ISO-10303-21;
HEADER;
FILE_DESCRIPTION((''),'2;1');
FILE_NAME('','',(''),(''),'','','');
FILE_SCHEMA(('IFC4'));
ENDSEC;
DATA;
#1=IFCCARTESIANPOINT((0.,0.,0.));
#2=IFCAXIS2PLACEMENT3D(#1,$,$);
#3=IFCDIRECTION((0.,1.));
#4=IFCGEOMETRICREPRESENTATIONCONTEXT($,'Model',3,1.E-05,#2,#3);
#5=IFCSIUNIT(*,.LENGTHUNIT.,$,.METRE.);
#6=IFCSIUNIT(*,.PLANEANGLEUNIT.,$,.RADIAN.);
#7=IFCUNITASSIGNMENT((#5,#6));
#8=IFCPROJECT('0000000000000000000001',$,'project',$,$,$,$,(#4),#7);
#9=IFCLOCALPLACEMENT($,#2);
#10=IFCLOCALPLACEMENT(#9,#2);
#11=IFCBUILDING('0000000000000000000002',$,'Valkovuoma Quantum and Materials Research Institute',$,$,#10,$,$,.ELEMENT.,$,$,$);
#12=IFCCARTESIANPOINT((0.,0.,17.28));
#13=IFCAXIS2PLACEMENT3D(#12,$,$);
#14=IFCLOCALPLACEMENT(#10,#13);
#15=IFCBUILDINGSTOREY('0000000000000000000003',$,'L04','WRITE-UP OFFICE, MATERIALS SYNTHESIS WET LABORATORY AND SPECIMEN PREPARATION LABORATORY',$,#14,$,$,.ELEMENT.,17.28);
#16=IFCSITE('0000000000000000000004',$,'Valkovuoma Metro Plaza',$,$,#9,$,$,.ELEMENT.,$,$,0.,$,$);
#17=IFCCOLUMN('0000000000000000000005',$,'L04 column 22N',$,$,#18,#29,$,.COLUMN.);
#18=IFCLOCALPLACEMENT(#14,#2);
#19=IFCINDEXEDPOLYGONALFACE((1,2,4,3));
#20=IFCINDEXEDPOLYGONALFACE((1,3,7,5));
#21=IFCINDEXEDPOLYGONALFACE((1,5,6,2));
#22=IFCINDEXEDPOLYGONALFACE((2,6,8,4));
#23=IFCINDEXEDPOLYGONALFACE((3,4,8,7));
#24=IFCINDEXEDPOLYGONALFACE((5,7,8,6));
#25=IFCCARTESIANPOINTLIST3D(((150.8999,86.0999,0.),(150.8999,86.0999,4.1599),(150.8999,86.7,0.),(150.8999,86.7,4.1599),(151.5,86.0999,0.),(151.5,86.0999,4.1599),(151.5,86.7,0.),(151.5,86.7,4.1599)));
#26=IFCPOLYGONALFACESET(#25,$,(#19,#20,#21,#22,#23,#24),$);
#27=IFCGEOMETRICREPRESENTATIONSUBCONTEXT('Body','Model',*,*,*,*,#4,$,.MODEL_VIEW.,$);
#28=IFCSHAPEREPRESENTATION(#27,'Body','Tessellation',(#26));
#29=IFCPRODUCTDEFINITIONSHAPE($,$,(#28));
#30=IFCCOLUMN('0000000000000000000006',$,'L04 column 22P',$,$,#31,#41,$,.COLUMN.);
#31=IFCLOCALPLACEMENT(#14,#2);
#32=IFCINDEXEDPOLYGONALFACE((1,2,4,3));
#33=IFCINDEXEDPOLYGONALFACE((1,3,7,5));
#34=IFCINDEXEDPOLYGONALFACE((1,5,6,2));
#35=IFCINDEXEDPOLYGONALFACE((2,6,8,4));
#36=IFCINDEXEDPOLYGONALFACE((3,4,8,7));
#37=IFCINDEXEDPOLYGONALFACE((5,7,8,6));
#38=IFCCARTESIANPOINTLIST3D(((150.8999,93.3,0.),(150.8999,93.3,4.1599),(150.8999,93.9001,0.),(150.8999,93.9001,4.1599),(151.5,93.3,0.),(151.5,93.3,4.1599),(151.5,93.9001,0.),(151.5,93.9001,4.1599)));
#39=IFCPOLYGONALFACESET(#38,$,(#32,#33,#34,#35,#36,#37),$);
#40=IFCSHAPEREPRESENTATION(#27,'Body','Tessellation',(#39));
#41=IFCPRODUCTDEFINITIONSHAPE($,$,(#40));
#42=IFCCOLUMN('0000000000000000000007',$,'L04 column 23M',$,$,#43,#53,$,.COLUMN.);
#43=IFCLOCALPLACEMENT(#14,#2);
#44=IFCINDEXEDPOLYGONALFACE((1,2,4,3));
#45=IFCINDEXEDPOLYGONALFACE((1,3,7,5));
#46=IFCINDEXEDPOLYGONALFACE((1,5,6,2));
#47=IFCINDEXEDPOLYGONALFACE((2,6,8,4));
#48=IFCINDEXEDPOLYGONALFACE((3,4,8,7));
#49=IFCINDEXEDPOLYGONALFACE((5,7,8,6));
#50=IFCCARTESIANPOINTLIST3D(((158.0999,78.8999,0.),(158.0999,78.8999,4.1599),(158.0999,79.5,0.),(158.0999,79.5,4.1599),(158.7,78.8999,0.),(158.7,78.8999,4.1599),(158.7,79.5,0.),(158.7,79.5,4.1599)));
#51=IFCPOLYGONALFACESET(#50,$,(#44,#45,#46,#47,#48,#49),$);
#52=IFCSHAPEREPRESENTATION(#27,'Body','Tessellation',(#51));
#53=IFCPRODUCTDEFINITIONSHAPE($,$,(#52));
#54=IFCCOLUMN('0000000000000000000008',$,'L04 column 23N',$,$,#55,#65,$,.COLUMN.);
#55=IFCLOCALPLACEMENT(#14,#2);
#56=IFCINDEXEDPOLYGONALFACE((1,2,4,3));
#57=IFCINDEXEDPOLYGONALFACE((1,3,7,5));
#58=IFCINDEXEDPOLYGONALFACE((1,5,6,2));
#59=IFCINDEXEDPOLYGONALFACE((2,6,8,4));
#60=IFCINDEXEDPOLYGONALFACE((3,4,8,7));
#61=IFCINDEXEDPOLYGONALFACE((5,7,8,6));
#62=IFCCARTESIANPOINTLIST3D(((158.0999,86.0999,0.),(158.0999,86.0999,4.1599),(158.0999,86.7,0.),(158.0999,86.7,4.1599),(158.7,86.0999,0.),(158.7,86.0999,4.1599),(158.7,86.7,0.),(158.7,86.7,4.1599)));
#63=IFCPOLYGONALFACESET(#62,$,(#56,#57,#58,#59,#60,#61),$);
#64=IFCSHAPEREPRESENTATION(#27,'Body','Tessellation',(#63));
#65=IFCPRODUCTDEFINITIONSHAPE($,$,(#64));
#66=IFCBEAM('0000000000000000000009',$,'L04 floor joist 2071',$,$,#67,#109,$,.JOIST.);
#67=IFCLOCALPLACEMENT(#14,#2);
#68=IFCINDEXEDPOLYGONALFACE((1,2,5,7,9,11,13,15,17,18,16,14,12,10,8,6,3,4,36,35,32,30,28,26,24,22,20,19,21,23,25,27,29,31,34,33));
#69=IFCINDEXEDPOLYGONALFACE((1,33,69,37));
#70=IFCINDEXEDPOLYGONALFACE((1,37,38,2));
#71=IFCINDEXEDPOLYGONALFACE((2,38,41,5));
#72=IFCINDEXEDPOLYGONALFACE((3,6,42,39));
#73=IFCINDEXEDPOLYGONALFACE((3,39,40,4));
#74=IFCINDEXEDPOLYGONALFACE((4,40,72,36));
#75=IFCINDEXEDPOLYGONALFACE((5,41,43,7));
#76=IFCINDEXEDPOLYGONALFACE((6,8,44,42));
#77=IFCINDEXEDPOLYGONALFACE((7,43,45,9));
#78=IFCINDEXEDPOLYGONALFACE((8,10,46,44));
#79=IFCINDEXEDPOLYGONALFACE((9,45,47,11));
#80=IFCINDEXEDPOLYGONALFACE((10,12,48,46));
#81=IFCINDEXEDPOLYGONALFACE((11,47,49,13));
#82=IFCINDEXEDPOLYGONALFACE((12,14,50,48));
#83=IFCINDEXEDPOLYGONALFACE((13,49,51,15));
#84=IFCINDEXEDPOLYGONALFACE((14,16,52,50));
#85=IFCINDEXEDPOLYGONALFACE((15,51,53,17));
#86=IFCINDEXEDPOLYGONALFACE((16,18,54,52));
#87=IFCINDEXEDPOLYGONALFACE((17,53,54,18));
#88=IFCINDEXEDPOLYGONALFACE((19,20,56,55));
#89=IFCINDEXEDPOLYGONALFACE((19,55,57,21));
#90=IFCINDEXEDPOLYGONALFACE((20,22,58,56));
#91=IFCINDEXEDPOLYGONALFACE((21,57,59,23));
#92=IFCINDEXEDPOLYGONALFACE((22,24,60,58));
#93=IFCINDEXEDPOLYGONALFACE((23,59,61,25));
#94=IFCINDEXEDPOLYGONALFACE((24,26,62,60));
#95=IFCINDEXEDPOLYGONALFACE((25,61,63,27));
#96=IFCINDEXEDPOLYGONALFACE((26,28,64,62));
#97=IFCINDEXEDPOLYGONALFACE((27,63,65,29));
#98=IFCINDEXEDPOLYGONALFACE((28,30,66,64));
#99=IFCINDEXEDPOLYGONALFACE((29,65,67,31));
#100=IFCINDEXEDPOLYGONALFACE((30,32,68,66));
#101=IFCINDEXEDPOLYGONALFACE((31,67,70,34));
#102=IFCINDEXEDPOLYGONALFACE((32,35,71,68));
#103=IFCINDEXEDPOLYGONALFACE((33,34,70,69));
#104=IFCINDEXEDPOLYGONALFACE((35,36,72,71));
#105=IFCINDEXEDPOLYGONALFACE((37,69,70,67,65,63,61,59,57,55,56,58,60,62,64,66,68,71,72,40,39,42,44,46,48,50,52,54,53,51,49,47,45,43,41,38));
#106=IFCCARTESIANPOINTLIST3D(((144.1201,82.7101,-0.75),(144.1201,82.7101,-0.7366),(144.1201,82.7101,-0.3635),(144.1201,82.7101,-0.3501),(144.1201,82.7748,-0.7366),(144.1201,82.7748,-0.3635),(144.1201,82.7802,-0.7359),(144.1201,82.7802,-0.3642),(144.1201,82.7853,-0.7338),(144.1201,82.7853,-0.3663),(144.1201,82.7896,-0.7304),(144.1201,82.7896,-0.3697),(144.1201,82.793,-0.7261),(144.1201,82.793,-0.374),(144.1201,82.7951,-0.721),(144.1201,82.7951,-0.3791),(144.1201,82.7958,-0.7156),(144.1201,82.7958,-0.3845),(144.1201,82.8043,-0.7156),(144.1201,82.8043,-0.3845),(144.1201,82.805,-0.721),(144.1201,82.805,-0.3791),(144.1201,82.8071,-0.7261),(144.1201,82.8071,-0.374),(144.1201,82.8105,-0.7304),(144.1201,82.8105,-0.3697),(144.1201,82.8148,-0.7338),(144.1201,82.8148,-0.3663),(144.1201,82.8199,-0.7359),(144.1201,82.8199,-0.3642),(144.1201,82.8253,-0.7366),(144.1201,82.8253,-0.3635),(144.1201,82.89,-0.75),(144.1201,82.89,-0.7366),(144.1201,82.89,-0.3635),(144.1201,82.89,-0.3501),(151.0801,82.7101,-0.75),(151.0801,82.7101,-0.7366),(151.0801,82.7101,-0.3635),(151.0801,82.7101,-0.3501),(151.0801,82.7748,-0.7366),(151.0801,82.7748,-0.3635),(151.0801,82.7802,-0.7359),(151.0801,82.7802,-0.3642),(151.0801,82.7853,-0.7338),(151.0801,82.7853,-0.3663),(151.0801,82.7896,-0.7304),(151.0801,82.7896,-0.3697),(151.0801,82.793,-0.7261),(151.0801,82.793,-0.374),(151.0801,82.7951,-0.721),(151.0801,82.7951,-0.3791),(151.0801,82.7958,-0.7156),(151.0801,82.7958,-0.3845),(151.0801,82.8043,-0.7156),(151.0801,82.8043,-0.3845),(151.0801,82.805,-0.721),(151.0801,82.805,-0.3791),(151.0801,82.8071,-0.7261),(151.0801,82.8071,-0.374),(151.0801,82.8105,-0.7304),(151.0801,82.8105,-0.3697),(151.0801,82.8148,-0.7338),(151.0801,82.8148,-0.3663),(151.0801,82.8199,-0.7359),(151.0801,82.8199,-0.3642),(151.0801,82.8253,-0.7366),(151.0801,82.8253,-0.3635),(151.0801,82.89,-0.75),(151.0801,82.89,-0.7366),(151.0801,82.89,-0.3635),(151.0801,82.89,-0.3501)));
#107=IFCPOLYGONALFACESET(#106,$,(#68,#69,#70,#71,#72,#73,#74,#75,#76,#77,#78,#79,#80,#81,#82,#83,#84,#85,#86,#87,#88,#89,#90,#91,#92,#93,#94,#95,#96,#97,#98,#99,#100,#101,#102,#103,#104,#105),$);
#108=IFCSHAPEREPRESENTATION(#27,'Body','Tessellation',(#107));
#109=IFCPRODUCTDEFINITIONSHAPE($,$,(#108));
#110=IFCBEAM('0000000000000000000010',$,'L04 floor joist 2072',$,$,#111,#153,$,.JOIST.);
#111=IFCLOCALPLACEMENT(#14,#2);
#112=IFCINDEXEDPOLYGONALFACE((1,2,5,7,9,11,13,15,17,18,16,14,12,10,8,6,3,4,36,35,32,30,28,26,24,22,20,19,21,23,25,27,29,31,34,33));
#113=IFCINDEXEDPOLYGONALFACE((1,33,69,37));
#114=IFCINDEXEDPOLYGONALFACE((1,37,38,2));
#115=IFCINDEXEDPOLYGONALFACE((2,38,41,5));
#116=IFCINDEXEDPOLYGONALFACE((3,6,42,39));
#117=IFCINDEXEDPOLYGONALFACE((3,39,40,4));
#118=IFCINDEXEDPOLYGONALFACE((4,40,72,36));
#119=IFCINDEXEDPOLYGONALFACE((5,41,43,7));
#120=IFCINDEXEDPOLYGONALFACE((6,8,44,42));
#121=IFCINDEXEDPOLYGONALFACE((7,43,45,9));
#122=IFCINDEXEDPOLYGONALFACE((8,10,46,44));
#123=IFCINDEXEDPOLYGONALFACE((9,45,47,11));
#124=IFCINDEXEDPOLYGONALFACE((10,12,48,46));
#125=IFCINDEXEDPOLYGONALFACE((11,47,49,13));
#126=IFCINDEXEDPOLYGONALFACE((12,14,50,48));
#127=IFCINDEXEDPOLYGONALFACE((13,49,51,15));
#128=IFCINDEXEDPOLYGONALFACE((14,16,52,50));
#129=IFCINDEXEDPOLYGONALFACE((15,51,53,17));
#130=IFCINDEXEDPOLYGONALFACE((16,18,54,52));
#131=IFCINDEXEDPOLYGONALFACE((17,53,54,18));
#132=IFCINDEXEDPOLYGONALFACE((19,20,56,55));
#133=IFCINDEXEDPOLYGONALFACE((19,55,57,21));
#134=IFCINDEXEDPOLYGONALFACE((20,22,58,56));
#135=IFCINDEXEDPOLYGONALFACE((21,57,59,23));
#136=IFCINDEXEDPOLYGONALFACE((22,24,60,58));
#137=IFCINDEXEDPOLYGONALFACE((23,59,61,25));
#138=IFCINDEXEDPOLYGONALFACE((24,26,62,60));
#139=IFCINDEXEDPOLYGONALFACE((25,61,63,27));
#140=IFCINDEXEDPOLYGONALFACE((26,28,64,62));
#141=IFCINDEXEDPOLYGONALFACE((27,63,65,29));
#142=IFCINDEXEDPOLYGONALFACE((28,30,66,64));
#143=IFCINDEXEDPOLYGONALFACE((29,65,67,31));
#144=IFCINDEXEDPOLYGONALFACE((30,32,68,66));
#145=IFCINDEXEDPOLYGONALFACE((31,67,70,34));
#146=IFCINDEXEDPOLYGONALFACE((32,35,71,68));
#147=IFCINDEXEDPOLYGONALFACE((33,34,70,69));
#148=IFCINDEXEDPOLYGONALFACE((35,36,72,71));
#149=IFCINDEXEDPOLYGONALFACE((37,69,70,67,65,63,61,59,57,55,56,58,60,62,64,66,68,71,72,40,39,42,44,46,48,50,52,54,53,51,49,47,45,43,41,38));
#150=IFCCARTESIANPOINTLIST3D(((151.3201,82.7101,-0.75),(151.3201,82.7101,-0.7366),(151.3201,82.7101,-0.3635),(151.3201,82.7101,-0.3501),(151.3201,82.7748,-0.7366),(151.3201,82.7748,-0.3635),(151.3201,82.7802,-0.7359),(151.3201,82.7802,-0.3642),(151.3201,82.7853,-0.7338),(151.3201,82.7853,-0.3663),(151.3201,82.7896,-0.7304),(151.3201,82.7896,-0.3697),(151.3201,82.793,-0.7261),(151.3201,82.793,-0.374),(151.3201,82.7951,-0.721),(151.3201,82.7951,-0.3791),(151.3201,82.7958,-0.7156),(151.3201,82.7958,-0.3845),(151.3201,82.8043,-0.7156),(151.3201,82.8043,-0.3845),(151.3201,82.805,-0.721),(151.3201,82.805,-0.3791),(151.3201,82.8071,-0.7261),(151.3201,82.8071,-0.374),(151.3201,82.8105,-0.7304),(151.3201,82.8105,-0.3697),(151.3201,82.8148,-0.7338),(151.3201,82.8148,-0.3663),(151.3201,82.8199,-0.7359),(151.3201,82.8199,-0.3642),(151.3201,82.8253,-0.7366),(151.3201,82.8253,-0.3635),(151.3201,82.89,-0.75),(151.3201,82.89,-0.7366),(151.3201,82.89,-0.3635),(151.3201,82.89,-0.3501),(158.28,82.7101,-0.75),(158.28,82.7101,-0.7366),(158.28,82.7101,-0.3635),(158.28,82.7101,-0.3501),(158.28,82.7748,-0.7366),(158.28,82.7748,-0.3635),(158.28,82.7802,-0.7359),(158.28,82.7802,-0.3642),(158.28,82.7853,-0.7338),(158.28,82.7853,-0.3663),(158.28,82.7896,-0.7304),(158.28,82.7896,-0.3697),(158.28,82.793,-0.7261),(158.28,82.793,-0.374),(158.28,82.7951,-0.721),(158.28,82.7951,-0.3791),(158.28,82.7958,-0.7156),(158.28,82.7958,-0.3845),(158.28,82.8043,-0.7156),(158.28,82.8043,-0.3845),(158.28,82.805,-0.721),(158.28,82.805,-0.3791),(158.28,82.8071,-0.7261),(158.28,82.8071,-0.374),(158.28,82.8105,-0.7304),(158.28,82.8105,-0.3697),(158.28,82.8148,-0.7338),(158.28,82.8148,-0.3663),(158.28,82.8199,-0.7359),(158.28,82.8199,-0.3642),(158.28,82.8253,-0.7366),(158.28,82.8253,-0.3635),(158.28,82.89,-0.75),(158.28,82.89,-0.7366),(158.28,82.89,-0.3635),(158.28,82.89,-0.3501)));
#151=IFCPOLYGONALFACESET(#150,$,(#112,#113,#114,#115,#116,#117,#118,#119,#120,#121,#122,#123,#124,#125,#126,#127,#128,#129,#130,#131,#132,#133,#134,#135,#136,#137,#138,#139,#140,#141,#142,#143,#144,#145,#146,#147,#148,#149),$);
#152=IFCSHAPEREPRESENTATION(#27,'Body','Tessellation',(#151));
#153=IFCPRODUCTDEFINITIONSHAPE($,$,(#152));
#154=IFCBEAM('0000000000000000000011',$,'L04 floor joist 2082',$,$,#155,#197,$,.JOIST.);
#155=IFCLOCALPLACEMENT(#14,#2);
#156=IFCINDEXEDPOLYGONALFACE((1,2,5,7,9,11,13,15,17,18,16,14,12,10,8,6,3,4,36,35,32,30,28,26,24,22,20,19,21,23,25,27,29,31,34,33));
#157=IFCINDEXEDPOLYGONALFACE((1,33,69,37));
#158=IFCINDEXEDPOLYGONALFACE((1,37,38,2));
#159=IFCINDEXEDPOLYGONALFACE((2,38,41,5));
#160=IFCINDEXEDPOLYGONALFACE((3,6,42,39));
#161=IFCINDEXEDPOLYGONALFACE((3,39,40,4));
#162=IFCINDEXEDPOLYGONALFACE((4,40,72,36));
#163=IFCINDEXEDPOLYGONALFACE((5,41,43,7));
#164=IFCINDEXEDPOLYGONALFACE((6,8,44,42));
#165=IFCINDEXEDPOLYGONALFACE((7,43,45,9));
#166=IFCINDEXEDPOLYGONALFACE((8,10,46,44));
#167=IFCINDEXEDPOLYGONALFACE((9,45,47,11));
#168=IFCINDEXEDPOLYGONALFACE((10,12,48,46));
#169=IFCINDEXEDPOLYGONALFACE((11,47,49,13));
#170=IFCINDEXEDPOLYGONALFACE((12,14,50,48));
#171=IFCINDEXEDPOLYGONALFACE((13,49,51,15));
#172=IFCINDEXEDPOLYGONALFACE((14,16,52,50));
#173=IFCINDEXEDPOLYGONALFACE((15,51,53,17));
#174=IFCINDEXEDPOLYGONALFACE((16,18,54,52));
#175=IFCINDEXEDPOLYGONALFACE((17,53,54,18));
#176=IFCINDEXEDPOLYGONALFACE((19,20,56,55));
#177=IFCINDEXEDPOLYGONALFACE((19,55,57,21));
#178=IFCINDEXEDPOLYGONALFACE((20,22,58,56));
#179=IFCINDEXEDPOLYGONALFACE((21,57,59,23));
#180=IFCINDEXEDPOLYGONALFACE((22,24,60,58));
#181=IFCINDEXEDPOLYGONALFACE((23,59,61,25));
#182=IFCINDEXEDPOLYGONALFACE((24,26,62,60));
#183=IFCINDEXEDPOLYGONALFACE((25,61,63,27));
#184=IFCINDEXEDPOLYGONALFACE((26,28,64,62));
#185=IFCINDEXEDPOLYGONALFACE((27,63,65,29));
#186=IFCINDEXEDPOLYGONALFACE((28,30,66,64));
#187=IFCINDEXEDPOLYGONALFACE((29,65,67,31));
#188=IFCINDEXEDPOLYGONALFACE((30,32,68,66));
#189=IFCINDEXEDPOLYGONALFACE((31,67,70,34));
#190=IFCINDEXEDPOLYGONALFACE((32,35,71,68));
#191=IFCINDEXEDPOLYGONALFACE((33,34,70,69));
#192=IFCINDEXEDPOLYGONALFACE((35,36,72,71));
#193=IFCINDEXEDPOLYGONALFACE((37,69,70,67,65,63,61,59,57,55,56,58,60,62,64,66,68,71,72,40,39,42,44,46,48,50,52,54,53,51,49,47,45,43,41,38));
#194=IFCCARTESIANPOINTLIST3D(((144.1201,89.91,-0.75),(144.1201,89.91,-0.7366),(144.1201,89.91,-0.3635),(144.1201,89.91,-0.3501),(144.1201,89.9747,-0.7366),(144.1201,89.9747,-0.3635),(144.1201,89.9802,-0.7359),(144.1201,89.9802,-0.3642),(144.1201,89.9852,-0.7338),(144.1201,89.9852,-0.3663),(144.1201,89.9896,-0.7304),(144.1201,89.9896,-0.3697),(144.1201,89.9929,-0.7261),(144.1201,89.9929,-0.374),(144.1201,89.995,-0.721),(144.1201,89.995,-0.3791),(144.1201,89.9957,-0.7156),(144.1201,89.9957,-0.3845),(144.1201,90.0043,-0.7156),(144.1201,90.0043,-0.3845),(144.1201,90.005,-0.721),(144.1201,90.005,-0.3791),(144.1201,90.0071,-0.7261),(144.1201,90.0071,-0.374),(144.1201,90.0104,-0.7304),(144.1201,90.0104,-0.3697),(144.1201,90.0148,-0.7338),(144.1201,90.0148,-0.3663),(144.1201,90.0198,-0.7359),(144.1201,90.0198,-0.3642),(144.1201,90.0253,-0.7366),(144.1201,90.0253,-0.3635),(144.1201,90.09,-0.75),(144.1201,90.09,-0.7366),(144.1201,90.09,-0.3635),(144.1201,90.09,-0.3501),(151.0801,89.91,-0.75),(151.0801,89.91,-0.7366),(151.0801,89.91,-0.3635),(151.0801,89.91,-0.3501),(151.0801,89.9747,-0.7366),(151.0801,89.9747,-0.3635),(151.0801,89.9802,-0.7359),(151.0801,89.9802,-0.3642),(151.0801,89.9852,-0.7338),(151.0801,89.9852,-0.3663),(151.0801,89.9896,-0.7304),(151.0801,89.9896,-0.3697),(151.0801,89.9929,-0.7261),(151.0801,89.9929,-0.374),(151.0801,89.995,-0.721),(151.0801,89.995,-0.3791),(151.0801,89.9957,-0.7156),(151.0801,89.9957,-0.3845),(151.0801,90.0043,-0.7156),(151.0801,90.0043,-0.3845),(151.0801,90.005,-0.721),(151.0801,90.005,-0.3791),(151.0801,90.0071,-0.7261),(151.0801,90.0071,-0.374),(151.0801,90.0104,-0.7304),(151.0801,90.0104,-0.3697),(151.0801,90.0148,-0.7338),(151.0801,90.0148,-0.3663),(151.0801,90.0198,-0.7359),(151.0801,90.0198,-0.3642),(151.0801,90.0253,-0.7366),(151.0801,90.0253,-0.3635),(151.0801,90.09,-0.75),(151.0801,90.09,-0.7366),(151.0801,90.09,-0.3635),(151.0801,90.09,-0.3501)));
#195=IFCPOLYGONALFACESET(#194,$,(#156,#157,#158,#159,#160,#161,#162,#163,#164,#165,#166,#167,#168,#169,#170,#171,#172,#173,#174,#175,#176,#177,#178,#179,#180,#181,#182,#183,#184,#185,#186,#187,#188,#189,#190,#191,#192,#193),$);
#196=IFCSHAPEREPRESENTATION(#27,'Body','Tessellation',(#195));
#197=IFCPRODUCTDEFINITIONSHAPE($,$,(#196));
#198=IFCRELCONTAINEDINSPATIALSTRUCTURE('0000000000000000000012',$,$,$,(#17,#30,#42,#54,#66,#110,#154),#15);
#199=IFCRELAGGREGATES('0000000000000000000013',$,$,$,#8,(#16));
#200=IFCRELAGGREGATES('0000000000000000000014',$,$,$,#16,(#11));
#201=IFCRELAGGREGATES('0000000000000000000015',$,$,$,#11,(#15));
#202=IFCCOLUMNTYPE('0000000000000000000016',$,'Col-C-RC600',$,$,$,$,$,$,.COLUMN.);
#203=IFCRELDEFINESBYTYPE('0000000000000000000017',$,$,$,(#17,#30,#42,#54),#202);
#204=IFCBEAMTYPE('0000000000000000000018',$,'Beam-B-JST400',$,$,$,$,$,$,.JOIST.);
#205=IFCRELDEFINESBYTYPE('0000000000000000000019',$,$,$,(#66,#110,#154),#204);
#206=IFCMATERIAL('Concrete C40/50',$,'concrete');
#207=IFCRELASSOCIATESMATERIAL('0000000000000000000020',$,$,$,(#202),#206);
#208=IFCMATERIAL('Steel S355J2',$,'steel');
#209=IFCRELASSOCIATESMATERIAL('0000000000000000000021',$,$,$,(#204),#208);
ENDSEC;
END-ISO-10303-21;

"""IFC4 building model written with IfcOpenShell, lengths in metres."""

from ifc_helpers import new_model, si_unit, direction, frame, origin, origin_2d, place, context, subcontext, project, spatial, rectangle, i_section, extrude, material, material_profile, profile_set, type_object, element, save


model = new_model("IFC4")

# Units and contexts
model_context = context("Model", 3, precision=1e-05, world=origin(), true_north=direction((0.0, 1.0)))
body_context = subcontext(model_context, "Body", "Model", "MODEL_VIEW")
ifc_project = project(units=[si_unit("LENGTHUNIT", "METRE"), si_unit("PLANEANGLEUNIT", "RADIAN")], contexts=[model_context])

# Site, building, storey
site_placement = place(None, origin())
site = spatial("IfcSite", under=ifc_project, at=site_placement, Name="Valkovuoma Metro Plaza", CompositionType="ELEMENT", RefElevation=0.0)
building_placement = place(site_placement, origin())
building = spatial("IfcBuilding", under=site, at=building_placement, Name="Valkovuoma Quantum and Materials Research Institute", CompositionType="ELEMENT")
storey_placement = place(building_placement, frame((0.0, 0.0, 17.28)))
storey = spatial("IfcBuildingStorey", under=building, at=storey_placement, Name="L04", Description="WRITE-UP OFFICE, MATERIALS SYNTHESIS WET LABORATORY AND SPECIMEN PREPARATION LABORATORY", CompositionType="ELEMENT", Elevation=17.28)

# Columns
ifc_material_1 = material(Name="Concrete C40/50", Category="concrete")
ifc_material_profile_1 = material_profile(ifc_material_1, rectangle(XDim=0.6001, YDim=0.6001, at=origin_2d()), Name="Concrete C40/50")
ifc_profile_set_1 = profile_set([ifc_material_profile_1], Name="Concrete C40/50")
column_type = type_object("IfcColumnType", Name="Col-C-RC600", PredefinedType="COLUMN", material=ifc_profile_set_1)
for number, where, z_axis, x_axis, name in (
    (1, (151.2, 86.3999, 0.0), (0.0, 0.0, 1.0), (1.0, 0.0, 0.0), "L04 column 22N"),
    (2, (151.2, 93.6001, 0.0), (0.0, 0.0, 1.0), (1.0, 0.0, 0.0), "L04 column 22P"),
    (3, (158.3999, 79.2, 0.0), (0.0, 0.0, 1.0), (1.0, 0.0, 0.0), "L04 column 23M"),
    (4, (158.3999, 86.3999, 0.0), (0.0, 0.0, 1.0), (1.0, 0.0, 0.0), "L04 column 23N"),
):
    element("IfcColumn", number, at=place(storey_placement, frame(where, z_axis=z_axis, x_axis=x_axis)), inside=storey, type_object=column_type, Name=name, PredefinedType="COLUMN", context=body_context, shape_type="SweptSolid", body=[
        extrude(rectangle(XDim=0.6001, YDim=0.6001, at=origin_2d()), origin(), (0.0, 0.0, 1.0), 4.1599),
    ])

# Beams
ifc_material_2 = material(Name="Steel S355J2", Category="steel")
ifc_material_profile_2 = material_profile(ifc_material_2, i_section(OverallWidth=0.1799, OverallDepth=0.3999, WebThickness=0.0085, FlangeThickness=0.0134, FilletRadius=0.021, at=origin_2d()), Name="Steel S355J2")
ifc_profile_set_2 = profile_set([ifc_material_profile_2], Name="Steel S355J2")
beam_type_1 = type_object("IfcBeamType", Name="Beam-B-JST400", PredefinedType="JOIST", material=ifc_profile_set_2)
for number, where, z_axis, x_axis, name in (
    (5, (144.1201, 82.8, -0.55), (1.0, 0.0, 0.0), (0.0, 1.0, 0.0), "L04 floor joist 2071"),
    (6, (151.3201, 82.8, -0.55), (1.0, 0.0, 0.0), (0.0, 1.0, 0.0), "L04 floor joist 2072"),
    (7, (144.1201, 90.0, -0.55), (1.0, 0.0, 0.0), (0.0, 1.0, 0.0), "L04 floor joist 2082"),
):
    element("IfcBeam", number, at=place(storey_placement, frame(where, z_axis=z_axis, x_axis=x_axis)), inside=storey, type_object=beam_type_1, Name=name, PredefinedType="JOIST", context=body_context, shape_type="SweptSolid", body=[
        extrude(i_section(OverallWidth=0.1799, OverallDepth=0.3999, WebThickness=0.0085, FlangeThickness=0.0134, FilletRadius=0.021, at=origin_2d()), origin(), (0.0, 0.0, 1.0), 6.96),
    ])

save(model, "model.ifc")
